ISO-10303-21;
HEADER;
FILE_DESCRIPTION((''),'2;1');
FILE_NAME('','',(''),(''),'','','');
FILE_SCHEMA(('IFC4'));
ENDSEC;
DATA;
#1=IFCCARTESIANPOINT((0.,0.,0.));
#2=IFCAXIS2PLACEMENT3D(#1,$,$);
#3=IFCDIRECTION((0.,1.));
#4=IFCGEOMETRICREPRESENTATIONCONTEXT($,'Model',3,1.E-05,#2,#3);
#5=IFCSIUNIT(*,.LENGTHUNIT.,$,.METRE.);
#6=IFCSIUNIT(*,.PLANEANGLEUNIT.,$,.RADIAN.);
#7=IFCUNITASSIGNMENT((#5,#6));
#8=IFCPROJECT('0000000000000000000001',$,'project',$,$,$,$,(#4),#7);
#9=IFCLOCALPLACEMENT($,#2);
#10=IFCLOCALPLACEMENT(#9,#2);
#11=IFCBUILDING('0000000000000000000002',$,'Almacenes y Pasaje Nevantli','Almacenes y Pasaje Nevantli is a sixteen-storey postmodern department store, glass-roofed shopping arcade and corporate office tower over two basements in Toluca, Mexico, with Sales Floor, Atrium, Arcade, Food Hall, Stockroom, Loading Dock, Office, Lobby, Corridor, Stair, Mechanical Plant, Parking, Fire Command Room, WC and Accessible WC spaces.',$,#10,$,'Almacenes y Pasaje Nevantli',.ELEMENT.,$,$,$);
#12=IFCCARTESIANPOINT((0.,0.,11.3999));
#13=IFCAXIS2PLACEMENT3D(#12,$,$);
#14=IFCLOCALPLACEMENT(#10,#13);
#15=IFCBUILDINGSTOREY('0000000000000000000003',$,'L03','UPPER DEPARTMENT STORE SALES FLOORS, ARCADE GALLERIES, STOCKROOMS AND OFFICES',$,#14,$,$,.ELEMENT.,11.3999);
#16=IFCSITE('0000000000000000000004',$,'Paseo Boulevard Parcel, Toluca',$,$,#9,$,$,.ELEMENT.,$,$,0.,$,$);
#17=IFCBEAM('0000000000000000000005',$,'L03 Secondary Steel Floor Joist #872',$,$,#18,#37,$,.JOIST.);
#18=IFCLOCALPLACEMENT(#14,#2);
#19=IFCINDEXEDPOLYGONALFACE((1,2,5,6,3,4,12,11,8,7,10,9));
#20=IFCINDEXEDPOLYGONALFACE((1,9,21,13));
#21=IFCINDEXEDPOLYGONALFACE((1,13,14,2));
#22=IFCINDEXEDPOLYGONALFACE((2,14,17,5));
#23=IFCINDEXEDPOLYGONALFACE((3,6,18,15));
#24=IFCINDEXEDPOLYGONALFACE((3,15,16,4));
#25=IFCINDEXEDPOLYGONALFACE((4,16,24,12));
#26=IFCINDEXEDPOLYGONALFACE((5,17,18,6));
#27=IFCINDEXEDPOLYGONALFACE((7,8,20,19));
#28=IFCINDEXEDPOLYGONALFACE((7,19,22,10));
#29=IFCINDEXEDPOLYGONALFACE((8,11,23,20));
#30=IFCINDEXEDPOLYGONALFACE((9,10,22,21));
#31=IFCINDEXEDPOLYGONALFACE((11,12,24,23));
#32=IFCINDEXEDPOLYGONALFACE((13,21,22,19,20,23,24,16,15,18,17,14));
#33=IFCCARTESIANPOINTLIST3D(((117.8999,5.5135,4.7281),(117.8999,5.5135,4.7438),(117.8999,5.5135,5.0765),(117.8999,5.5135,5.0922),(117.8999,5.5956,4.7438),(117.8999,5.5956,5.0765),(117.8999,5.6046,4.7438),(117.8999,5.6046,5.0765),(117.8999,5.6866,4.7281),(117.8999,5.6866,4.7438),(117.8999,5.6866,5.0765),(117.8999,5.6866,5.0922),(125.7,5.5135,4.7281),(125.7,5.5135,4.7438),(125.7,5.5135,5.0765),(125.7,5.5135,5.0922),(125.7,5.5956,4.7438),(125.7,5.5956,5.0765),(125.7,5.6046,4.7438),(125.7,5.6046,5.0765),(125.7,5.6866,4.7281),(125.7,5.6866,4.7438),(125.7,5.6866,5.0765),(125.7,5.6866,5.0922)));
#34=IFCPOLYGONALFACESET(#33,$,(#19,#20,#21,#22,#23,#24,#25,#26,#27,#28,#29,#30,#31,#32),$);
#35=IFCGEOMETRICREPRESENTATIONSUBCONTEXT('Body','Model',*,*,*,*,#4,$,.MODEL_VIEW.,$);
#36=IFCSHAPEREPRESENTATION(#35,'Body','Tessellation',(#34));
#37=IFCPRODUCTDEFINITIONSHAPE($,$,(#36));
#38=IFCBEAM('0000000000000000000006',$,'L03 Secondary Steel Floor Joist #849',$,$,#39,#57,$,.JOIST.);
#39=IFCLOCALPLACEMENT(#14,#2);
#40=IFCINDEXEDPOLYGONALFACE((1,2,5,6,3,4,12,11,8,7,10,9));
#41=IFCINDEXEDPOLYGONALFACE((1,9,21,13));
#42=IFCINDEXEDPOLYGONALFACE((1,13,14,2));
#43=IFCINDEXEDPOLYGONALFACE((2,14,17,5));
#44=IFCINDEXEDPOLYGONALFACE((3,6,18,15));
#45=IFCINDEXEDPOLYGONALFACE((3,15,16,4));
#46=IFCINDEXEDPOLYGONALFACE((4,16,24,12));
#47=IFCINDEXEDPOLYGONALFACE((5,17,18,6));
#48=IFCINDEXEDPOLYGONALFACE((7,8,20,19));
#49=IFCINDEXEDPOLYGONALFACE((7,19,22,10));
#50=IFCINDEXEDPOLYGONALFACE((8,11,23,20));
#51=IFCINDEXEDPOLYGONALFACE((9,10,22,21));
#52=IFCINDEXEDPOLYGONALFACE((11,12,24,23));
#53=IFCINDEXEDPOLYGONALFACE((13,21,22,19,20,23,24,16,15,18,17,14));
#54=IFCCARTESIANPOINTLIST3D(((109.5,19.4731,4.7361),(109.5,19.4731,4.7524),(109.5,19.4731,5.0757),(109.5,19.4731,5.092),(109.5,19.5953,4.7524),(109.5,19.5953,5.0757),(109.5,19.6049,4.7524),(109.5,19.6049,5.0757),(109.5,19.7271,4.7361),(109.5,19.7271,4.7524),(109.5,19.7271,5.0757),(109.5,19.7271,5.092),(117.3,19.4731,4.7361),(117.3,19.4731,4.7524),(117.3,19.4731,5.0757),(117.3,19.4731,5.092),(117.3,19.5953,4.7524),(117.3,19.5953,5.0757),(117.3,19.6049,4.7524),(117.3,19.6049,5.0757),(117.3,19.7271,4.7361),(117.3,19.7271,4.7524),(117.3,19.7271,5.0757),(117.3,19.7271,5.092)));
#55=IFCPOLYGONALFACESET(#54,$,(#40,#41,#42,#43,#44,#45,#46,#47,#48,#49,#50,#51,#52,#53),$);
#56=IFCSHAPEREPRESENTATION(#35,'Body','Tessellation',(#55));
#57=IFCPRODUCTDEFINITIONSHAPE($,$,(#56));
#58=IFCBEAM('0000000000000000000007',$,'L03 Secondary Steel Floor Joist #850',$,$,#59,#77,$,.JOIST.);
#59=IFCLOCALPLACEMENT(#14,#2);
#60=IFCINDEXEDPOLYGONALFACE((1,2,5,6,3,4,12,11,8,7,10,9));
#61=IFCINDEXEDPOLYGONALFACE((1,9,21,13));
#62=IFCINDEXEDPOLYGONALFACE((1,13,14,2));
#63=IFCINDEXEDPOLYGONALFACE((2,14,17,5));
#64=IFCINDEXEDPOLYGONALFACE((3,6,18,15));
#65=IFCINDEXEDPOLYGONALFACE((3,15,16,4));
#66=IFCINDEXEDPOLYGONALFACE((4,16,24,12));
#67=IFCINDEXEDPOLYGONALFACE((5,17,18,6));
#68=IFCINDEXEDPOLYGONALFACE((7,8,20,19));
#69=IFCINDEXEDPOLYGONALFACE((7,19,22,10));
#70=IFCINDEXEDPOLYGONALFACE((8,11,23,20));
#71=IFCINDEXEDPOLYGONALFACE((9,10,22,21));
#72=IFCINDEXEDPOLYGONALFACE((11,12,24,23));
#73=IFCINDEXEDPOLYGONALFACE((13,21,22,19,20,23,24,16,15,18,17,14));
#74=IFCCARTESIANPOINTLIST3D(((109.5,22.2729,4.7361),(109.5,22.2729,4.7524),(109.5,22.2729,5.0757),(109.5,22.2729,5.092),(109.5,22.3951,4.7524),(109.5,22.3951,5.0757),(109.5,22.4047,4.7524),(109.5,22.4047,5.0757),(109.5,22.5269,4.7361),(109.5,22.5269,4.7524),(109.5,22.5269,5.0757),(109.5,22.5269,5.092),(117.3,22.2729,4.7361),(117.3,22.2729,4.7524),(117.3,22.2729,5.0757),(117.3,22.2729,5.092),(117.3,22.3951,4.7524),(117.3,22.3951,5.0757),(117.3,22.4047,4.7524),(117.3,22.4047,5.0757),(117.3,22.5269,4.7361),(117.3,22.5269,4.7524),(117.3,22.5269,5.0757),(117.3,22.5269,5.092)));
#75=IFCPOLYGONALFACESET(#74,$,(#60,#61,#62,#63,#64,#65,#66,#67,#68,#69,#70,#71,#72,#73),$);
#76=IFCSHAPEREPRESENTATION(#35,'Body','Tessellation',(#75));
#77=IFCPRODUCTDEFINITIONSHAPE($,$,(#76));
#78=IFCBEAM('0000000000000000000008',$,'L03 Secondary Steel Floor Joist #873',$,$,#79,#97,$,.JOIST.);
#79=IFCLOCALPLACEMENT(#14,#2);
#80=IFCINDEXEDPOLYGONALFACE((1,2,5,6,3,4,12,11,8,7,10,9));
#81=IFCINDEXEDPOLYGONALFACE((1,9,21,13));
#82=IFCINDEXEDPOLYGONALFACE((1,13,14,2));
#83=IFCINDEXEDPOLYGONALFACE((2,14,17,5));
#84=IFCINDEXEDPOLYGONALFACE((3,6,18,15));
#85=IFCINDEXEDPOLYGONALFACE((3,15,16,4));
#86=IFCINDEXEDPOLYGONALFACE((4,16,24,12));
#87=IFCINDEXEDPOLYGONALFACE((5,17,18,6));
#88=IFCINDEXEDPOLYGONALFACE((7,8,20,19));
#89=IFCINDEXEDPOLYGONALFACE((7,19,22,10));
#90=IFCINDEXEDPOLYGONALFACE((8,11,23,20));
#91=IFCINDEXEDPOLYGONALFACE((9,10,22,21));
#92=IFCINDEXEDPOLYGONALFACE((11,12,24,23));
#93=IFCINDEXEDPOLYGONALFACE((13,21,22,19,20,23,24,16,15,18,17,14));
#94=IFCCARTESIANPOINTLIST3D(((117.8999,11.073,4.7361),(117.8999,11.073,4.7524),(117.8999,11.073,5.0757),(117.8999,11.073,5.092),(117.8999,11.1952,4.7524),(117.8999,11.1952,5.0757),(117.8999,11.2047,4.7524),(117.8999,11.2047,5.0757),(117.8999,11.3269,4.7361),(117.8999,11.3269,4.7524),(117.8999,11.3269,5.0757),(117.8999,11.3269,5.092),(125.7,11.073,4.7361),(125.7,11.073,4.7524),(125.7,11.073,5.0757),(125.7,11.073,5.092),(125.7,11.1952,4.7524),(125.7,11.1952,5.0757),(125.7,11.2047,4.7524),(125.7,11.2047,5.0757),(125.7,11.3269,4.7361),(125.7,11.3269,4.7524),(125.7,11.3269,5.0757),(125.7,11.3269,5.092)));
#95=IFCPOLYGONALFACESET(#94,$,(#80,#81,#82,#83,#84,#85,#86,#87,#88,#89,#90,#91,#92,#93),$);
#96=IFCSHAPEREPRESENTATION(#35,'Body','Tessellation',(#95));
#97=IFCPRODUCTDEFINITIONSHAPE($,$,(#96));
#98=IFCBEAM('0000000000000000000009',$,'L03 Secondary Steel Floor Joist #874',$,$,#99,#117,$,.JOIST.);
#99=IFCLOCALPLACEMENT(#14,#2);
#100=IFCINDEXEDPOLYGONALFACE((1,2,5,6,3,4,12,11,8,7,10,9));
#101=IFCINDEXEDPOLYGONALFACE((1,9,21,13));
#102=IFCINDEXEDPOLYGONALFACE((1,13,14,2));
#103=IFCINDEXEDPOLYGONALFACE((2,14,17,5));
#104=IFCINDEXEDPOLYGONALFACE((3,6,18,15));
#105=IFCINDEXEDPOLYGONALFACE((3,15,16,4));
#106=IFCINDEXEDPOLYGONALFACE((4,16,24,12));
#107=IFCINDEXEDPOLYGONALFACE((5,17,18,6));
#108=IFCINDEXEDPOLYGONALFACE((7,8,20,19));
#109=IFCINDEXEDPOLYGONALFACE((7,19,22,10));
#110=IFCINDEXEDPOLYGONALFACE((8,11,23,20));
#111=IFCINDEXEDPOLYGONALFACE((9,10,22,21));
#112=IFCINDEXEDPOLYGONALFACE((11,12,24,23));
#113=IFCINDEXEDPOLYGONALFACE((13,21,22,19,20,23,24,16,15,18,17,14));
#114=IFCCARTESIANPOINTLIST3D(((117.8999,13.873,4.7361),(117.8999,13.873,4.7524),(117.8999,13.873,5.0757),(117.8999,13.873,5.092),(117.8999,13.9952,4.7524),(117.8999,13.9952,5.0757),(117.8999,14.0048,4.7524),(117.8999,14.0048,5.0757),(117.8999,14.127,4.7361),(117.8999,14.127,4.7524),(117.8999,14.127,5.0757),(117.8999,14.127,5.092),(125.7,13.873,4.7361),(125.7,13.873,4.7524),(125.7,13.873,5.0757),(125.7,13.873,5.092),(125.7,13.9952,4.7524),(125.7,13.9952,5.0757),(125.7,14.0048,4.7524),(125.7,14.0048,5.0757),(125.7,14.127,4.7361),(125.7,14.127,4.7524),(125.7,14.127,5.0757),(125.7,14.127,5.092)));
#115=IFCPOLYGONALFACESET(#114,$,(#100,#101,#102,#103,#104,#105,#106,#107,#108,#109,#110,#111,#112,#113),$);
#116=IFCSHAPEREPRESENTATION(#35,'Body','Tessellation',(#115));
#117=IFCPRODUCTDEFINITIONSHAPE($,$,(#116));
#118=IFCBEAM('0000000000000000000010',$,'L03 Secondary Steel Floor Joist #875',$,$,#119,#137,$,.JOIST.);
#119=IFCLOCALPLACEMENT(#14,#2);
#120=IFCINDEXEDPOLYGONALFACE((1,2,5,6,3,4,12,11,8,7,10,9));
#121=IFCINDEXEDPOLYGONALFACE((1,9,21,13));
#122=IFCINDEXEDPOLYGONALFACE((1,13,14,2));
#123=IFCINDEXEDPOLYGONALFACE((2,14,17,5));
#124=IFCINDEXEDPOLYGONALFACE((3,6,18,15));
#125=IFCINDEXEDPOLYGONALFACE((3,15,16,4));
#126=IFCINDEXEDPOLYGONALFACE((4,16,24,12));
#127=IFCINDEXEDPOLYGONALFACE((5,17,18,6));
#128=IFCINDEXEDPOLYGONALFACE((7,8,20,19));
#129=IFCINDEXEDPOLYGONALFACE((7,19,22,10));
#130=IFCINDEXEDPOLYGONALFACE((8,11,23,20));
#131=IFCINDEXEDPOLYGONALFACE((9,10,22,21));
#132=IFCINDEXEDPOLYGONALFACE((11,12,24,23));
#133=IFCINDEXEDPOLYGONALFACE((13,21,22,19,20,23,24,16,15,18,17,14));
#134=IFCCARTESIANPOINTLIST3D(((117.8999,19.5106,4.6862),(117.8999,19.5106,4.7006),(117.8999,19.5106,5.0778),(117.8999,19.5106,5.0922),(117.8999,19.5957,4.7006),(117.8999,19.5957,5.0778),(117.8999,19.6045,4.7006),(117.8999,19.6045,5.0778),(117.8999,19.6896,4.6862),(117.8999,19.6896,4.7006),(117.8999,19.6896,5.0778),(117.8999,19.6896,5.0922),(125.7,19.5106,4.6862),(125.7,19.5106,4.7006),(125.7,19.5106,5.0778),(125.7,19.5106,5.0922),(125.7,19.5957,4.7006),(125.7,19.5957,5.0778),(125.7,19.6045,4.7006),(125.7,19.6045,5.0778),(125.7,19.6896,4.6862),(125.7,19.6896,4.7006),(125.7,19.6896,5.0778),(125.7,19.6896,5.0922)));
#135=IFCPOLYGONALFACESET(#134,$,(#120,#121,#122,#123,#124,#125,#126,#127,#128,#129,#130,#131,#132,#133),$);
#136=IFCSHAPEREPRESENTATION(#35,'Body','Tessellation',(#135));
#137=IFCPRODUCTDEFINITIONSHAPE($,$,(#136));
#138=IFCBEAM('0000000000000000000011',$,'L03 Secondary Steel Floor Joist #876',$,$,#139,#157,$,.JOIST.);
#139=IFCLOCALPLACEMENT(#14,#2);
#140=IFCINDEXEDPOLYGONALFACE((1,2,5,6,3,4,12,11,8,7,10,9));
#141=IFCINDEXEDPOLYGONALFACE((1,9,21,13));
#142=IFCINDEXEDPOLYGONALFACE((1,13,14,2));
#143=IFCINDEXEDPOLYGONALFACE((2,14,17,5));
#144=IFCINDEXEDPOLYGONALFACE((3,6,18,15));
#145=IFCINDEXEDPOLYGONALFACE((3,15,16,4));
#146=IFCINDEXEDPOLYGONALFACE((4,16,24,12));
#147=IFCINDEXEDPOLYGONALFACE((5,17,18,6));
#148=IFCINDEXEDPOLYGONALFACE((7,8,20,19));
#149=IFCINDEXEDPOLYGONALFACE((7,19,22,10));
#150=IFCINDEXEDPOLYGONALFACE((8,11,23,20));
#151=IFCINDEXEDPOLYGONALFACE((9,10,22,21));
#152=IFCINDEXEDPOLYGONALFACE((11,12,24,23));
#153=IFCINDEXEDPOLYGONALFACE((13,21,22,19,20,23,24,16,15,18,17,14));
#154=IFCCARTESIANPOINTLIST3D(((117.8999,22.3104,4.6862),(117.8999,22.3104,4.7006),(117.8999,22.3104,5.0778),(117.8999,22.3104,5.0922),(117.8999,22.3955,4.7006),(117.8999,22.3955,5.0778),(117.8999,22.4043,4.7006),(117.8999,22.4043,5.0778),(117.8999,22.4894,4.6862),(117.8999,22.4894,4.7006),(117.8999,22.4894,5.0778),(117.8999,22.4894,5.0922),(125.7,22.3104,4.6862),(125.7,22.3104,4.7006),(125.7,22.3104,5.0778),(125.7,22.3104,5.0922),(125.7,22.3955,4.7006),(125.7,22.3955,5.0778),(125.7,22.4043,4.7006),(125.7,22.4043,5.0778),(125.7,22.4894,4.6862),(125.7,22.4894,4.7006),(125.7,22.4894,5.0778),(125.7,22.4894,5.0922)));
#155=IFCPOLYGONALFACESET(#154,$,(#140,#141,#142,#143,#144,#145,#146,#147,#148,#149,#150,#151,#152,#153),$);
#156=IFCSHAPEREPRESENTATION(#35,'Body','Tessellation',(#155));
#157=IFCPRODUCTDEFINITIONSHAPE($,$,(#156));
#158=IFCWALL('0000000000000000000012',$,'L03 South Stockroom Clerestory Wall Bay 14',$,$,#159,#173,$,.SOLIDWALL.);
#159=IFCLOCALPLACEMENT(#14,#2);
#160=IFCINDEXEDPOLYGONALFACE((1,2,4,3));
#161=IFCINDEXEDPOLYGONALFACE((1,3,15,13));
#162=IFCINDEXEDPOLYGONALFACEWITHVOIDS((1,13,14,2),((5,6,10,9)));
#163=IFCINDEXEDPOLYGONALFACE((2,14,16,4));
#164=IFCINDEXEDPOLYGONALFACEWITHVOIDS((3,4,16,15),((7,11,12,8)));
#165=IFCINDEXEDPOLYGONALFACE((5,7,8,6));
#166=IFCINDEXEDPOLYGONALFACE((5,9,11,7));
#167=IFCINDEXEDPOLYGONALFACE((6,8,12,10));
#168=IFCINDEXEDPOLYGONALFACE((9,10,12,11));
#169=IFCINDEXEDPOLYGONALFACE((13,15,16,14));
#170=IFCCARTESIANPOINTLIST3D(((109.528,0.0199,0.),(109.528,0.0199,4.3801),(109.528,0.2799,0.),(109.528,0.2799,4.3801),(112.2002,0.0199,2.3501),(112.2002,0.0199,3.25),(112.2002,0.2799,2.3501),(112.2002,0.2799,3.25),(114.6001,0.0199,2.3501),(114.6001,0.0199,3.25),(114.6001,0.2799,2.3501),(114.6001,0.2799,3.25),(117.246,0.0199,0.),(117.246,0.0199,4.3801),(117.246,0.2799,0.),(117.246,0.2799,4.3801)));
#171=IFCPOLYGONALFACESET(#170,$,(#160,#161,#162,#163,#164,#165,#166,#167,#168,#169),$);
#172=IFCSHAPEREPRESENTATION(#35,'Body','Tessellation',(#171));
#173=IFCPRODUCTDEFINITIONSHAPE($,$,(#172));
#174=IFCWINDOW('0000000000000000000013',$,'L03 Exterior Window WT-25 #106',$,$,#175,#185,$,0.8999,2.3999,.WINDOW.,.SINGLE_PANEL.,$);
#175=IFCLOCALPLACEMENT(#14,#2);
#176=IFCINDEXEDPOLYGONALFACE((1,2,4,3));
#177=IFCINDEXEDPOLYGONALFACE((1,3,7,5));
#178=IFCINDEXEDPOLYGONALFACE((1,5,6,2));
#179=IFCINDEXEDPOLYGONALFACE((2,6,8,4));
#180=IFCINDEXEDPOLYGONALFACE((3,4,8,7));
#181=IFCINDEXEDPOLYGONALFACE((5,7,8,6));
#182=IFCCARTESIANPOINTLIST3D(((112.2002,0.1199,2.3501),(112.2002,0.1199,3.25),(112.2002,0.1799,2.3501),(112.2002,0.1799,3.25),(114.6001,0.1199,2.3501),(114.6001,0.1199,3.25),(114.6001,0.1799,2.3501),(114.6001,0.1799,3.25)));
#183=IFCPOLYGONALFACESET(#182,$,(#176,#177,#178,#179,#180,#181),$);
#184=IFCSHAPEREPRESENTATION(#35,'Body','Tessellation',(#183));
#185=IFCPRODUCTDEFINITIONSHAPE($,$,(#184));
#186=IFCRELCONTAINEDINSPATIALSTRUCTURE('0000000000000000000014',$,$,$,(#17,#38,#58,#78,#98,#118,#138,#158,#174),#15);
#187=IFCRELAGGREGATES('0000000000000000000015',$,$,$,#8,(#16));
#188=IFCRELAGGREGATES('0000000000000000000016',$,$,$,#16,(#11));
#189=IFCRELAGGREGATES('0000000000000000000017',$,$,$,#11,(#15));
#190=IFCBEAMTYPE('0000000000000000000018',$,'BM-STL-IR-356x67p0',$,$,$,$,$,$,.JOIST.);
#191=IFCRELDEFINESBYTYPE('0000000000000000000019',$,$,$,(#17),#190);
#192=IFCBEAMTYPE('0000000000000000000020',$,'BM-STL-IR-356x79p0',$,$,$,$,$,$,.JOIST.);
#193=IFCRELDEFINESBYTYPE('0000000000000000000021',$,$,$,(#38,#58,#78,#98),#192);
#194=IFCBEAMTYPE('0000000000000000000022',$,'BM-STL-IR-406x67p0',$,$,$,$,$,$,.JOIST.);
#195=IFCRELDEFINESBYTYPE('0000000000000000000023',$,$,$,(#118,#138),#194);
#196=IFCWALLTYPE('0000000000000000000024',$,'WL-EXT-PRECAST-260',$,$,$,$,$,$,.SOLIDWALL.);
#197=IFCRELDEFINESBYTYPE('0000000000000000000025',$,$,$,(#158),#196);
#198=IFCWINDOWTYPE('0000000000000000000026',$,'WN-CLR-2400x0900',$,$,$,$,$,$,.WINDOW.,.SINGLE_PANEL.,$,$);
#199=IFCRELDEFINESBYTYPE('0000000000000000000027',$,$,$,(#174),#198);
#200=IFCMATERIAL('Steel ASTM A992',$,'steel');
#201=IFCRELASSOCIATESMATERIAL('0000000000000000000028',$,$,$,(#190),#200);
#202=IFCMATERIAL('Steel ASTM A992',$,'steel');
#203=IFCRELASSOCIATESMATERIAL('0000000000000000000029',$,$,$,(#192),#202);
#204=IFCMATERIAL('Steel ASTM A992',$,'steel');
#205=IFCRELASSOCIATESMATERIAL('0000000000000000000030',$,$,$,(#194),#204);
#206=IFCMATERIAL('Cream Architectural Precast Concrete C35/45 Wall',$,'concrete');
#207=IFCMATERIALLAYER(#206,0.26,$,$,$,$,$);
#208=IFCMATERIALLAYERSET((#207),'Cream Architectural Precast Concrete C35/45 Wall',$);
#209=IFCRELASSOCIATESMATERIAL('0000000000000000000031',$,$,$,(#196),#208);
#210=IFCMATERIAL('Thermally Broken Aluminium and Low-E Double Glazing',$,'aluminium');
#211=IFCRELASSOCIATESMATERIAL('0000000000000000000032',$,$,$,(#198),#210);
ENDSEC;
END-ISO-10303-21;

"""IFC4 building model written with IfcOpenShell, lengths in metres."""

from ifc_helpers import new_model, si_unit, direction, frame, frame_2d, origin, origin_2d, place, context, subcontext, project, spatial, rectangle, i_section, extrude, material, layer, layer_set, material_profile, profile_set, type_object, element, fill, save


model = new_model("IFC4")

# Units and contexts
model_context = context("Model", 3, precision=1e-05, world=origin(), true_north=direction((0.0, 1.0)))
body_context = subcontext(model_context, "Body", "Model", "MODEL_VIEW")
ifc_project = project(units=[si_unit("LENGTHUNIT", "METRE"), si_unit("PLANEANGLEUNIT", "RADIAN")], contexts=[model_context])

# Site, building, storey
site_placement = place(None, origin())
site = spatial("IfcSite", under=ifc_project, at=site_placement, Name="Paseo Boulevard Parcel, Toluca", CompositionType="ELEMENT", RefElevation=0.0)
building_placement = place(site_placement, origin())
building = spatial("IfcBuilding", under=site, at=building_placement, Name="Almacenes y Pasaje Nevantli", Description="Almacenes y Pasaje Nevantli is a sixteen-storey postmodern department store, glass-roofed shopping arcade and corporate office tower over two basements in Toluca, Mexico, with Sales Floor, Atrium, Arcade, Food Hall, Stockroom, Loading Dock, Office, Lobby, Corridor, Stair, Mechanical Plant, Parking, Fire Command Room, WC and Accessible WC spaces.", LongName="Almacenes y Pasaje Nevantli", CompositionType="ELEMENT")
storey_placement = place(building_placement, frame((0.0, 0.0, 11.3999)))
storey = spatial("IfcBuildingStorey", under=building, at=storey_placement, Name="L03", Description="UPPER DEPARTMENT STORE SALES FLOORS, ARCADE GALLERIES, STOCKROOMS AND OFFICES", CompositionType="ELEMENT", Elevation=11.3999)

# Beams
ifc_material_1 = material(Name="Steel ASTM A992", Category="steel")
ifc_material_profile_1 = material_profile(ifc_material_1, i_section(OverallWidth=0.1731, OverallDepth=0.364, WebThickness=0.009, FlangeThickness=0.0156, at=origin_2d()), Name="IR 356x67.0")
ifc_profile_set_1 = profile_set([ifc_material_profile_1], Name="Steel ASTM A992")
beam_type_1 = type_object("IfcBeamType", Name="BM-STL-IR-356x67p0", PredefinedType="JOIST", material=ifc_profile_set_1)
for number, where, z_axis, x_axis, name in (
    (1, (117.8999, 5.6001, 4.9102), (1.0, 0.0, 0.0), (0.0, 1.0, 0.0), "L03 Secondary Steel Floor Joist #872"),
):
    element("IfcBeam", number, at=place(storey_placement, frame(where, z_axis=z_axis, x_axis=x_axis)), inside=storey, type_object=beam_type_1, Name=name, PredefinedType="JOIST", context=body_context, shape_type="SweptSolid", body=[
        extrude(i_section(OverallWidth=0.1731, OverallDepth=0.364, WebThickness=0.009, FlangeThickness=0.0156, at=origin_2d()), origin(), (0.0, 0.0, 1.0), 7.8),
    ])
ifc_material_2 = material(Name="Steel ASTM A992", Category="steel")
ifc_material_profile_2 = material_profile(ifc_material_2, i_section(OverallWidth=0.2539, OverallDepth=0.356, WebThickness=0.0095, FlangeThickness=0.0164, at=origin_2d()), Name="IR 356x79.0")
ifc_profile_set_2 = profile_set([ifc_material_profile_2], Name="Steel ASTM A992")
beam_type_2 = type_object("IfcBeamType", Name="BM-STL-IR-356x79p0", PredefinedType="JOIST", material=ifc_profile_set_2)
for number, where, z_axis, x_axis, name in (
    (2, (109.5, 19.6001, 4.9141), (1.0, 0.0, 0.0), (0.0, 1.0, 0.0), "L03 Secondary Steel Floor Joist #849"),
    (3, (109.5, 22.3999, 4.9141), (1.0, 0.0, 0.0), (0.0, 1.0, 0.0), "L03 Secondary Steel Floor Joist #850"),
    (4, (117.8999, 11.2, 4.9141), (1.0, 0.0, 0.0), (0.0, 1.0, 0.0), "L03 Secondary Steel Floor Joist #873"),
    (5, (117.8999, 14.0, 4.9141), (1.0, 0.0, 0.0), (0.0, 1.0, 0.0), "L03 Secondary Steel Floor Joist #874"),
):
    element("IfcBeam", number, at=place(storey_placement, frame(where, z_axis=z_axis, x_axis=x_axis)), inside=storey, type_object=beam_type_2, Name=name, PredefinedType="JOIST", context=body_context, shape_type="SweptSolid", body=[
        extrude(i_section(OverallWidth=0.2539, OverallDepth=0.356, WebThickness=0.0095, FlangeThickness=0.0164, at=origin_2d()), origin(), (0.0, 0.0, 1.0), 7.8),
    ])
ifc_material_3 = material(Name="Steel ASTM A992", Category="steel")
ifc_material_profile_3 = material_profile(ifc_material_3, i_section(OverallWidth=0.179, OverallDepth=0.406, WebThickness=0.0088, FlangeThickness=0.0144, at=origin_2d()), Name="IR 406x67.0")
ifc_profile_set_3 = profile_set([ifc_material_profile_3], Name="Steel ASTM A992")
beam_type_3 = type_object("IfcBeamType", Name="BM-STL-IR-406x67p0", PredefinedType="JOIST", material=ifc_profile_set_3)
for number, where, z_axis, x_axis, name in (
    (6, (117.8999, 19.6001, 4.8892), (1.0, 0.0, 0.0), (0.0, 1.0, 0.0), "L03 Secondary Steel Floor Joist #875"),
    (7, (117.8999, 22.3999, 4.8892), (1.0, 0.0, 0.0), (0.0, 1.0, 0.0), "L03 Secondary Steel Floor Joist #876"),
):
    element("IfcBeam", number, at=place(storey_placement, frame(where, z_axis=z_axis, x_axis=x_axis)), inside=storey, type_object=beam_type_3, Name=name, PredefinedType="JOIST", context=body_context, shape_type="SweptSolid", body=[
        extrude(i_section(OverallWidth=0.179, OverallDepth=0.406, WebThickness=0.0088, FlangeThickness=0.0144, at=origin_2d()), origin(), (0.0, 0.0, 1.0), 7.8),
    ])

# Wall, opening, window
ifc_material_4 = material(Name="Cream Architectural Precast Concrete C35/45 Wall", Category="concrete")
ifc_layer = layer(ifc_material_4, 0.26)
ifc_layer_set = layer_set([ifc_layer], Name="Cream Architectural Precast Concrete C35/45 Wall")
wall_type = type_object("IfcWallType", Name="WL-EXT-PRECAST-260", PredefinedType="SOLIDWALL", material=ifc_layer_set)
wall_1_placement = place(storey_placement, frame((109.5281, 0.1499, 0.0), z_axis=(0.0, 0.0, 1.0), x_axis=(1.0, 0.0, 0.0)))
wall_1 = element("IfcWall", 8, at=wall_1_placement, inside=storey, type_object=wall_type, Name="L03 South Stockroom Clerestory Wall Bay 14", PredefinedType="SOLIDWALL", context=body_context, shape_type="SweptSolid", body=[
    extrude(rectangle(XDim=7.718, YDim=0.26, at=frame_2d((3.8589, 0.0))), origin(), (0.0, 0.0, 1.0), 4.3801),
])
opening_1_placement = place(wall_1_placement, frame((2.6721, 0.0, 2.3501)))
opening_1 = element("IfcOpeningElement", 9, at=opening_1_placement, cuts=wall_1, PredefinedType="OPENING", context=body_context, shape_type="SweptSolid", body=[
    extrude(rectangle(XDim=2.3999, YDim=0.8999, at=frame_2d((1.2, 0.45))), frame((0.0, 0.1399, 0.0), z_axis=(0.0, -1.0, 0.0), x_axis=(1.0, 0.0, 0.0)), (0.0, 0.0, 1.0), 0.28),
])
ifc_material_5 = material(Name="Thermally Broken Aluminium and Low-E Double Glazing", Category="aluminium")
window_type_1 = type_object("IfcWindowType", Name="WN-CLR-2400x0900", PartitioningType="SINGLE_PANEL", PredefinedType="WINDOW", material=ifc_material_5)
window_1_placement = place(opening_1_placement, origin())
window_1 = element("IfcWindow", 10, at=window_1_placement, inside=storey, type_object=window_type_1, Name="L03 Exterior Window WT-25 #106", OverallHeight=0.8999, OverallWidth=2.3999, PartitioningType="SINGLE_PANEL", PredefinedType="WINDOW", context=body_context, shape_type="SweptSolid", body=[
    extrude(rectangle(XDim=2.3999, YDim=0.8999, at=frame_2d((1.2, 0.45))), frame((0.0, 0.03, 0.0), z_axis=(0.0, -1.0, 0.0), x_axis=(1.0, 0.0, 0.0)), (0.0, 0.0, 1.0), 0.0601),
])
fill(opening_1, window_1)

save(model, "model.ifc")
